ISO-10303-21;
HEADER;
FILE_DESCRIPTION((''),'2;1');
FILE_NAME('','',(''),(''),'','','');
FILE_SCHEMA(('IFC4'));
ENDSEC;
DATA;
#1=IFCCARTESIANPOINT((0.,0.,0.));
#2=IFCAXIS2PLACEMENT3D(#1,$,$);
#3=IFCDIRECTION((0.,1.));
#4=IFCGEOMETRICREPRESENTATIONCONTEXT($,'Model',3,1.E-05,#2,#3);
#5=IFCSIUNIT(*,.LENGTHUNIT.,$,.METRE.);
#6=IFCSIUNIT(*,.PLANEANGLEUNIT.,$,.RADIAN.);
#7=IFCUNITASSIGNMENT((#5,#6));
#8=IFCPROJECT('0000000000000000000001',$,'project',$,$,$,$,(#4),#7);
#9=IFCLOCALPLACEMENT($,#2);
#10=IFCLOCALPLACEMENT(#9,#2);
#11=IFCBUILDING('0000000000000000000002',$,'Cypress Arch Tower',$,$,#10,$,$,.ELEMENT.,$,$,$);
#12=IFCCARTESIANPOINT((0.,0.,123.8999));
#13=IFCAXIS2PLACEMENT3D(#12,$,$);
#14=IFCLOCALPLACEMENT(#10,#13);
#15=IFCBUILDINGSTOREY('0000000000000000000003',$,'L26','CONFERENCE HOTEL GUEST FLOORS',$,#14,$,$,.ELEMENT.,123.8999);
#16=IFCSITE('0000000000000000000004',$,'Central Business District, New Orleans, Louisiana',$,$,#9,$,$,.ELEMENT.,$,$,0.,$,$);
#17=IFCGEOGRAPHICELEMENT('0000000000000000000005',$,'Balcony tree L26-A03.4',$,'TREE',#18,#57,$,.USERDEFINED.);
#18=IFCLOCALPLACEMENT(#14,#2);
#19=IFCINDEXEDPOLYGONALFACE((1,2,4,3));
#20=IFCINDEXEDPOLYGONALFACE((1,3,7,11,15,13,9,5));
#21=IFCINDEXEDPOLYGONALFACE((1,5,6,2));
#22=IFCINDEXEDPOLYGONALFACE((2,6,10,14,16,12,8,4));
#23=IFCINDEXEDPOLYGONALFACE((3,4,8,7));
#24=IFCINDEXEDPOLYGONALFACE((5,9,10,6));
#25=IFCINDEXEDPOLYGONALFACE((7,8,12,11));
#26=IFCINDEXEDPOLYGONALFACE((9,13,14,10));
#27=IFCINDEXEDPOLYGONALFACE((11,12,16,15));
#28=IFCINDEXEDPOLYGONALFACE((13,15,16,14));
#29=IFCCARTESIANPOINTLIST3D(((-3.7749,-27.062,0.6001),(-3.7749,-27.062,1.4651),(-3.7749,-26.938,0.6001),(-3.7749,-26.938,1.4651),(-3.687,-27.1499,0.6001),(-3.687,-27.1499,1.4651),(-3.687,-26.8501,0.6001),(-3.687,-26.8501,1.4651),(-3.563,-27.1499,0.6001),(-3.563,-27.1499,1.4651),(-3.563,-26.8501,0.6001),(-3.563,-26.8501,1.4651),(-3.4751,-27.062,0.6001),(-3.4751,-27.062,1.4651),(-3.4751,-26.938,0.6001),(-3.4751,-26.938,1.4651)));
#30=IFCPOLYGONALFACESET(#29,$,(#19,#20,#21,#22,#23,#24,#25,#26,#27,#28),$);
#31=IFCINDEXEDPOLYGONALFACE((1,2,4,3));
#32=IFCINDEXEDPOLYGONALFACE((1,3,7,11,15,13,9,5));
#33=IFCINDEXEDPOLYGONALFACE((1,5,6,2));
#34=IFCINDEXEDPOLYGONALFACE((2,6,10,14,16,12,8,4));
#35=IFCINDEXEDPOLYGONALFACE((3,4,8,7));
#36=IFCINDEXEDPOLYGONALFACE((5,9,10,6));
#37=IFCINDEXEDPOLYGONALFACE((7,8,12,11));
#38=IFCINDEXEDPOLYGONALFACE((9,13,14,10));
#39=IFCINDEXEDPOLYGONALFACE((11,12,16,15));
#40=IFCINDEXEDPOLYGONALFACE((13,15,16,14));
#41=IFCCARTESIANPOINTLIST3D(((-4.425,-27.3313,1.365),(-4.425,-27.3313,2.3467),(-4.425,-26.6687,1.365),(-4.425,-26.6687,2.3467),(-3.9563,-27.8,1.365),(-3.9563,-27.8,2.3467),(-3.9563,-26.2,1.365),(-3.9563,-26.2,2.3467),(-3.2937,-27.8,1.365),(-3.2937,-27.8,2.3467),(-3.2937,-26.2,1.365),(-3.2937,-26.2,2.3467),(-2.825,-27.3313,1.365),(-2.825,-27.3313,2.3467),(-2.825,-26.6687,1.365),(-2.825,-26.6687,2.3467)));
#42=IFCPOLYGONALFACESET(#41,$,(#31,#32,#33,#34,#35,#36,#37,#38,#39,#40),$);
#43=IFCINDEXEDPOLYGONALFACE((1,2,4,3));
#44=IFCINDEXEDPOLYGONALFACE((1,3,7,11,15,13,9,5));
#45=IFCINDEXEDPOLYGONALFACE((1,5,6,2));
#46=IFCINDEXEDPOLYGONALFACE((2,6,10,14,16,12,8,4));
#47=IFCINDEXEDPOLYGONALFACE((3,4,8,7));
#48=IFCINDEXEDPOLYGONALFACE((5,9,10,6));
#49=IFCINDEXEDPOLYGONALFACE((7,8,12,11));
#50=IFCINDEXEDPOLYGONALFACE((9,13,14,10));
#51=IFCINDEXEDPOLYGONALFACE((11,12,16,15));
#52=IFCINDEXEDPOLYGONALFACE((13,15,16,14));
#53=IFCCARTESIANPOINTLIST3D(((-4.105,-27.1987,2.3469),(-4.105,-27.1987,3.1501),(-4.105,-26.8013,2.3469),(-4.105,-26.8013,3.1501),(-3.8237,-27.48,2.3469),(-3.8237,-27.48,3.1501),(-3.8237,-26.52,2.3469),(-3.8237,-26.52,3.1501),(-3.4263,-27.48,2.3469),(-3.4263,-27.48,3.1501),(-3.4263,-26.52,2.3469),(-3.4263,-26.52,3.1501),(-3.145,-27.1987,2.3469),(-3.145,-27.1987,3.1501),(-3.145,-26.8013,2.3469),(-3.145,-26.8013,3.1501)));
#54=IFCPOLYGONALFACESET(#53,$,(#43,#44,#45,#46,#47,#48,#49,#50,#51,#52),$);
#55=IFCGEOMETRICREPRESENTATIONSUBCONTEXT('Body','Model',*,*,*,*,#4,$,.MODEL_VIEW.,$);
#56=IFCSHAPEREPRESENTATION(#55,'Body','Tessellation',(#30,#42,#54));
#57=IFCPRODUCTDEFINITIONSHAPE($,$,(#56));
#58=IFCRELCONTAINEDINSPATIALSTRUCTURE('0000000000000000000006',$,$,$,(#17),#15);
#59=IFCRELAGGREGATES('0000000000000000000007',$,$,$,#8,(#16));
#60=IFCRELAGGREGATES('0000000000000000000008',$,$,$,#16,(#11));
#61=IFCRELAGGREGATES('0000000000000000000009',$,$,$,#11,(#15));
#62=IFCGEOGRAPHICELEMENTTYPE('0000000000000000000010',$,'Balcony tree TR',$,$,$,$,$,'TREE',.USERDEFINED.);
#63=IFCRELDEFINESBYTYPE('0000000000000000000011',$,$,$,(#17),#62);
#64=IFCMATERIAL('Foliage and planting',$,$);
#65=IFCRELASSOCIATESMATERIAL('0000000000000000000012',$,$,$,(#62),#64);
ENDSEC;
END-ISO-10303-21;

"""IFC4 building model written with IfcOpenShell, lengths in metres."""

from ifc_helpers import new_model, si_unit, direction, frame, origin, place, context, subcontext, project, spatial, polyline, outline, extrude, material, type_object, element, save


model = new_model("IFC4")

# Units and contexts
model_context = context("Model", 3, precision=1e-05, world=origin(), true_north=direction((0.0, 1.0)))
body_context = subcontext(model_context, "Body", "Model", "MODEL_VIEW")
ifc_project = project(units=[si_unit("LENGTHUNIT", "METRE"), si_unit("PLANEANGLEUNIT", "RADIAN")], contexts=[model_context])

# Site, building, storey
site_placement = place(None, origin())
site = spatial("IfcSite", under=ifc_project, at=site_placement, Name="Central Business District, New Orleans, Louisiana", CompositionType="ELEMENT", RefElevation=0.0)
building_placement = place(site_placement, origin())
building = spatial("IfcBuilding", under=site, at=building_placement, Name="Cypress Arch Tower", CompositionType="ELEMENT")
storey_placement = place(building_placement, frame((0.0, 0.0, 123.8999)))
storey = spatial("IfcBuildingStorey", under=building, at=storey_placement, Name="L26", Description="CONFERENCE HOTEL GUEST FLOORS", CompositionType="ELEMENT", Elevation=123.8999)

# Geographic element
ifc_material_1 = material(Name="Foliage and planting")
geographic_element_type = type_object("IfcGeographicElementType", Name="Balcony tree TR", ElementType="TREE", PredefinedType="USERDEFINED", material=ifc_material_1)
for number, where, z_axis, x_axis, name in (
    (1, (-3.625, -27.0, 0.6001), (0.0, 0.0, 1.0), (1.0, 0.0, 0.0), "Balcony tree L26-A03.4"),
):
    element("IfcGeographicElement", number, at=place(storey_placement, frame(where, z_axis=z_axis, x_axis=x_axis)), inside=storey, type_object=geographic_element_type, Name=name, ObjectType="TREE", PredefinedType="USERDEFINED", context=body_context, shape_type="SweptSolid", body=[
        extrude(outline(polyline([(0.1499, 0.062), (0.062, 0.1499), (-0.062, 0.1499), (-0.1499, 0.062), (-0.1499, -0.062), (-0.062, -0.1499), (0.062, -0.1499), (0.1499, -0.062), (0.1499, 0.062)])), origin(), (0.0, 0.0, 1.0), 0.865),
        extrude(outline(polyline([(0.8, 0.3313), (0.3313, 0.8), (-0.3313, 0.8), (-0.8, 0.3313), (-0.8, -0.3313), (-0.3313, -0.8), (0.3313, -0.8), (0.8, -0.3313), (0.8, 0.3313)])), frame((0.0, 0.0, 0.7649)), (0.0, 0.0, 1.0), 0.9817),
        extrude(outline(polyline([(0.48, 0.1987), (0.1987, 0.48), (-0.1987, 0.48), (-0.48, 0.1987), (-0.48, -0.1987), (-0.1987, -0.48), (0.1987, -0.48), (0.48, -0.1987), (0.48, 0.1987)])), frame((0.0, 0.0, 1.7468)), (0.0, 0.0, 1.0), 0.8032),
    ])

save(model, "model.ifc")
